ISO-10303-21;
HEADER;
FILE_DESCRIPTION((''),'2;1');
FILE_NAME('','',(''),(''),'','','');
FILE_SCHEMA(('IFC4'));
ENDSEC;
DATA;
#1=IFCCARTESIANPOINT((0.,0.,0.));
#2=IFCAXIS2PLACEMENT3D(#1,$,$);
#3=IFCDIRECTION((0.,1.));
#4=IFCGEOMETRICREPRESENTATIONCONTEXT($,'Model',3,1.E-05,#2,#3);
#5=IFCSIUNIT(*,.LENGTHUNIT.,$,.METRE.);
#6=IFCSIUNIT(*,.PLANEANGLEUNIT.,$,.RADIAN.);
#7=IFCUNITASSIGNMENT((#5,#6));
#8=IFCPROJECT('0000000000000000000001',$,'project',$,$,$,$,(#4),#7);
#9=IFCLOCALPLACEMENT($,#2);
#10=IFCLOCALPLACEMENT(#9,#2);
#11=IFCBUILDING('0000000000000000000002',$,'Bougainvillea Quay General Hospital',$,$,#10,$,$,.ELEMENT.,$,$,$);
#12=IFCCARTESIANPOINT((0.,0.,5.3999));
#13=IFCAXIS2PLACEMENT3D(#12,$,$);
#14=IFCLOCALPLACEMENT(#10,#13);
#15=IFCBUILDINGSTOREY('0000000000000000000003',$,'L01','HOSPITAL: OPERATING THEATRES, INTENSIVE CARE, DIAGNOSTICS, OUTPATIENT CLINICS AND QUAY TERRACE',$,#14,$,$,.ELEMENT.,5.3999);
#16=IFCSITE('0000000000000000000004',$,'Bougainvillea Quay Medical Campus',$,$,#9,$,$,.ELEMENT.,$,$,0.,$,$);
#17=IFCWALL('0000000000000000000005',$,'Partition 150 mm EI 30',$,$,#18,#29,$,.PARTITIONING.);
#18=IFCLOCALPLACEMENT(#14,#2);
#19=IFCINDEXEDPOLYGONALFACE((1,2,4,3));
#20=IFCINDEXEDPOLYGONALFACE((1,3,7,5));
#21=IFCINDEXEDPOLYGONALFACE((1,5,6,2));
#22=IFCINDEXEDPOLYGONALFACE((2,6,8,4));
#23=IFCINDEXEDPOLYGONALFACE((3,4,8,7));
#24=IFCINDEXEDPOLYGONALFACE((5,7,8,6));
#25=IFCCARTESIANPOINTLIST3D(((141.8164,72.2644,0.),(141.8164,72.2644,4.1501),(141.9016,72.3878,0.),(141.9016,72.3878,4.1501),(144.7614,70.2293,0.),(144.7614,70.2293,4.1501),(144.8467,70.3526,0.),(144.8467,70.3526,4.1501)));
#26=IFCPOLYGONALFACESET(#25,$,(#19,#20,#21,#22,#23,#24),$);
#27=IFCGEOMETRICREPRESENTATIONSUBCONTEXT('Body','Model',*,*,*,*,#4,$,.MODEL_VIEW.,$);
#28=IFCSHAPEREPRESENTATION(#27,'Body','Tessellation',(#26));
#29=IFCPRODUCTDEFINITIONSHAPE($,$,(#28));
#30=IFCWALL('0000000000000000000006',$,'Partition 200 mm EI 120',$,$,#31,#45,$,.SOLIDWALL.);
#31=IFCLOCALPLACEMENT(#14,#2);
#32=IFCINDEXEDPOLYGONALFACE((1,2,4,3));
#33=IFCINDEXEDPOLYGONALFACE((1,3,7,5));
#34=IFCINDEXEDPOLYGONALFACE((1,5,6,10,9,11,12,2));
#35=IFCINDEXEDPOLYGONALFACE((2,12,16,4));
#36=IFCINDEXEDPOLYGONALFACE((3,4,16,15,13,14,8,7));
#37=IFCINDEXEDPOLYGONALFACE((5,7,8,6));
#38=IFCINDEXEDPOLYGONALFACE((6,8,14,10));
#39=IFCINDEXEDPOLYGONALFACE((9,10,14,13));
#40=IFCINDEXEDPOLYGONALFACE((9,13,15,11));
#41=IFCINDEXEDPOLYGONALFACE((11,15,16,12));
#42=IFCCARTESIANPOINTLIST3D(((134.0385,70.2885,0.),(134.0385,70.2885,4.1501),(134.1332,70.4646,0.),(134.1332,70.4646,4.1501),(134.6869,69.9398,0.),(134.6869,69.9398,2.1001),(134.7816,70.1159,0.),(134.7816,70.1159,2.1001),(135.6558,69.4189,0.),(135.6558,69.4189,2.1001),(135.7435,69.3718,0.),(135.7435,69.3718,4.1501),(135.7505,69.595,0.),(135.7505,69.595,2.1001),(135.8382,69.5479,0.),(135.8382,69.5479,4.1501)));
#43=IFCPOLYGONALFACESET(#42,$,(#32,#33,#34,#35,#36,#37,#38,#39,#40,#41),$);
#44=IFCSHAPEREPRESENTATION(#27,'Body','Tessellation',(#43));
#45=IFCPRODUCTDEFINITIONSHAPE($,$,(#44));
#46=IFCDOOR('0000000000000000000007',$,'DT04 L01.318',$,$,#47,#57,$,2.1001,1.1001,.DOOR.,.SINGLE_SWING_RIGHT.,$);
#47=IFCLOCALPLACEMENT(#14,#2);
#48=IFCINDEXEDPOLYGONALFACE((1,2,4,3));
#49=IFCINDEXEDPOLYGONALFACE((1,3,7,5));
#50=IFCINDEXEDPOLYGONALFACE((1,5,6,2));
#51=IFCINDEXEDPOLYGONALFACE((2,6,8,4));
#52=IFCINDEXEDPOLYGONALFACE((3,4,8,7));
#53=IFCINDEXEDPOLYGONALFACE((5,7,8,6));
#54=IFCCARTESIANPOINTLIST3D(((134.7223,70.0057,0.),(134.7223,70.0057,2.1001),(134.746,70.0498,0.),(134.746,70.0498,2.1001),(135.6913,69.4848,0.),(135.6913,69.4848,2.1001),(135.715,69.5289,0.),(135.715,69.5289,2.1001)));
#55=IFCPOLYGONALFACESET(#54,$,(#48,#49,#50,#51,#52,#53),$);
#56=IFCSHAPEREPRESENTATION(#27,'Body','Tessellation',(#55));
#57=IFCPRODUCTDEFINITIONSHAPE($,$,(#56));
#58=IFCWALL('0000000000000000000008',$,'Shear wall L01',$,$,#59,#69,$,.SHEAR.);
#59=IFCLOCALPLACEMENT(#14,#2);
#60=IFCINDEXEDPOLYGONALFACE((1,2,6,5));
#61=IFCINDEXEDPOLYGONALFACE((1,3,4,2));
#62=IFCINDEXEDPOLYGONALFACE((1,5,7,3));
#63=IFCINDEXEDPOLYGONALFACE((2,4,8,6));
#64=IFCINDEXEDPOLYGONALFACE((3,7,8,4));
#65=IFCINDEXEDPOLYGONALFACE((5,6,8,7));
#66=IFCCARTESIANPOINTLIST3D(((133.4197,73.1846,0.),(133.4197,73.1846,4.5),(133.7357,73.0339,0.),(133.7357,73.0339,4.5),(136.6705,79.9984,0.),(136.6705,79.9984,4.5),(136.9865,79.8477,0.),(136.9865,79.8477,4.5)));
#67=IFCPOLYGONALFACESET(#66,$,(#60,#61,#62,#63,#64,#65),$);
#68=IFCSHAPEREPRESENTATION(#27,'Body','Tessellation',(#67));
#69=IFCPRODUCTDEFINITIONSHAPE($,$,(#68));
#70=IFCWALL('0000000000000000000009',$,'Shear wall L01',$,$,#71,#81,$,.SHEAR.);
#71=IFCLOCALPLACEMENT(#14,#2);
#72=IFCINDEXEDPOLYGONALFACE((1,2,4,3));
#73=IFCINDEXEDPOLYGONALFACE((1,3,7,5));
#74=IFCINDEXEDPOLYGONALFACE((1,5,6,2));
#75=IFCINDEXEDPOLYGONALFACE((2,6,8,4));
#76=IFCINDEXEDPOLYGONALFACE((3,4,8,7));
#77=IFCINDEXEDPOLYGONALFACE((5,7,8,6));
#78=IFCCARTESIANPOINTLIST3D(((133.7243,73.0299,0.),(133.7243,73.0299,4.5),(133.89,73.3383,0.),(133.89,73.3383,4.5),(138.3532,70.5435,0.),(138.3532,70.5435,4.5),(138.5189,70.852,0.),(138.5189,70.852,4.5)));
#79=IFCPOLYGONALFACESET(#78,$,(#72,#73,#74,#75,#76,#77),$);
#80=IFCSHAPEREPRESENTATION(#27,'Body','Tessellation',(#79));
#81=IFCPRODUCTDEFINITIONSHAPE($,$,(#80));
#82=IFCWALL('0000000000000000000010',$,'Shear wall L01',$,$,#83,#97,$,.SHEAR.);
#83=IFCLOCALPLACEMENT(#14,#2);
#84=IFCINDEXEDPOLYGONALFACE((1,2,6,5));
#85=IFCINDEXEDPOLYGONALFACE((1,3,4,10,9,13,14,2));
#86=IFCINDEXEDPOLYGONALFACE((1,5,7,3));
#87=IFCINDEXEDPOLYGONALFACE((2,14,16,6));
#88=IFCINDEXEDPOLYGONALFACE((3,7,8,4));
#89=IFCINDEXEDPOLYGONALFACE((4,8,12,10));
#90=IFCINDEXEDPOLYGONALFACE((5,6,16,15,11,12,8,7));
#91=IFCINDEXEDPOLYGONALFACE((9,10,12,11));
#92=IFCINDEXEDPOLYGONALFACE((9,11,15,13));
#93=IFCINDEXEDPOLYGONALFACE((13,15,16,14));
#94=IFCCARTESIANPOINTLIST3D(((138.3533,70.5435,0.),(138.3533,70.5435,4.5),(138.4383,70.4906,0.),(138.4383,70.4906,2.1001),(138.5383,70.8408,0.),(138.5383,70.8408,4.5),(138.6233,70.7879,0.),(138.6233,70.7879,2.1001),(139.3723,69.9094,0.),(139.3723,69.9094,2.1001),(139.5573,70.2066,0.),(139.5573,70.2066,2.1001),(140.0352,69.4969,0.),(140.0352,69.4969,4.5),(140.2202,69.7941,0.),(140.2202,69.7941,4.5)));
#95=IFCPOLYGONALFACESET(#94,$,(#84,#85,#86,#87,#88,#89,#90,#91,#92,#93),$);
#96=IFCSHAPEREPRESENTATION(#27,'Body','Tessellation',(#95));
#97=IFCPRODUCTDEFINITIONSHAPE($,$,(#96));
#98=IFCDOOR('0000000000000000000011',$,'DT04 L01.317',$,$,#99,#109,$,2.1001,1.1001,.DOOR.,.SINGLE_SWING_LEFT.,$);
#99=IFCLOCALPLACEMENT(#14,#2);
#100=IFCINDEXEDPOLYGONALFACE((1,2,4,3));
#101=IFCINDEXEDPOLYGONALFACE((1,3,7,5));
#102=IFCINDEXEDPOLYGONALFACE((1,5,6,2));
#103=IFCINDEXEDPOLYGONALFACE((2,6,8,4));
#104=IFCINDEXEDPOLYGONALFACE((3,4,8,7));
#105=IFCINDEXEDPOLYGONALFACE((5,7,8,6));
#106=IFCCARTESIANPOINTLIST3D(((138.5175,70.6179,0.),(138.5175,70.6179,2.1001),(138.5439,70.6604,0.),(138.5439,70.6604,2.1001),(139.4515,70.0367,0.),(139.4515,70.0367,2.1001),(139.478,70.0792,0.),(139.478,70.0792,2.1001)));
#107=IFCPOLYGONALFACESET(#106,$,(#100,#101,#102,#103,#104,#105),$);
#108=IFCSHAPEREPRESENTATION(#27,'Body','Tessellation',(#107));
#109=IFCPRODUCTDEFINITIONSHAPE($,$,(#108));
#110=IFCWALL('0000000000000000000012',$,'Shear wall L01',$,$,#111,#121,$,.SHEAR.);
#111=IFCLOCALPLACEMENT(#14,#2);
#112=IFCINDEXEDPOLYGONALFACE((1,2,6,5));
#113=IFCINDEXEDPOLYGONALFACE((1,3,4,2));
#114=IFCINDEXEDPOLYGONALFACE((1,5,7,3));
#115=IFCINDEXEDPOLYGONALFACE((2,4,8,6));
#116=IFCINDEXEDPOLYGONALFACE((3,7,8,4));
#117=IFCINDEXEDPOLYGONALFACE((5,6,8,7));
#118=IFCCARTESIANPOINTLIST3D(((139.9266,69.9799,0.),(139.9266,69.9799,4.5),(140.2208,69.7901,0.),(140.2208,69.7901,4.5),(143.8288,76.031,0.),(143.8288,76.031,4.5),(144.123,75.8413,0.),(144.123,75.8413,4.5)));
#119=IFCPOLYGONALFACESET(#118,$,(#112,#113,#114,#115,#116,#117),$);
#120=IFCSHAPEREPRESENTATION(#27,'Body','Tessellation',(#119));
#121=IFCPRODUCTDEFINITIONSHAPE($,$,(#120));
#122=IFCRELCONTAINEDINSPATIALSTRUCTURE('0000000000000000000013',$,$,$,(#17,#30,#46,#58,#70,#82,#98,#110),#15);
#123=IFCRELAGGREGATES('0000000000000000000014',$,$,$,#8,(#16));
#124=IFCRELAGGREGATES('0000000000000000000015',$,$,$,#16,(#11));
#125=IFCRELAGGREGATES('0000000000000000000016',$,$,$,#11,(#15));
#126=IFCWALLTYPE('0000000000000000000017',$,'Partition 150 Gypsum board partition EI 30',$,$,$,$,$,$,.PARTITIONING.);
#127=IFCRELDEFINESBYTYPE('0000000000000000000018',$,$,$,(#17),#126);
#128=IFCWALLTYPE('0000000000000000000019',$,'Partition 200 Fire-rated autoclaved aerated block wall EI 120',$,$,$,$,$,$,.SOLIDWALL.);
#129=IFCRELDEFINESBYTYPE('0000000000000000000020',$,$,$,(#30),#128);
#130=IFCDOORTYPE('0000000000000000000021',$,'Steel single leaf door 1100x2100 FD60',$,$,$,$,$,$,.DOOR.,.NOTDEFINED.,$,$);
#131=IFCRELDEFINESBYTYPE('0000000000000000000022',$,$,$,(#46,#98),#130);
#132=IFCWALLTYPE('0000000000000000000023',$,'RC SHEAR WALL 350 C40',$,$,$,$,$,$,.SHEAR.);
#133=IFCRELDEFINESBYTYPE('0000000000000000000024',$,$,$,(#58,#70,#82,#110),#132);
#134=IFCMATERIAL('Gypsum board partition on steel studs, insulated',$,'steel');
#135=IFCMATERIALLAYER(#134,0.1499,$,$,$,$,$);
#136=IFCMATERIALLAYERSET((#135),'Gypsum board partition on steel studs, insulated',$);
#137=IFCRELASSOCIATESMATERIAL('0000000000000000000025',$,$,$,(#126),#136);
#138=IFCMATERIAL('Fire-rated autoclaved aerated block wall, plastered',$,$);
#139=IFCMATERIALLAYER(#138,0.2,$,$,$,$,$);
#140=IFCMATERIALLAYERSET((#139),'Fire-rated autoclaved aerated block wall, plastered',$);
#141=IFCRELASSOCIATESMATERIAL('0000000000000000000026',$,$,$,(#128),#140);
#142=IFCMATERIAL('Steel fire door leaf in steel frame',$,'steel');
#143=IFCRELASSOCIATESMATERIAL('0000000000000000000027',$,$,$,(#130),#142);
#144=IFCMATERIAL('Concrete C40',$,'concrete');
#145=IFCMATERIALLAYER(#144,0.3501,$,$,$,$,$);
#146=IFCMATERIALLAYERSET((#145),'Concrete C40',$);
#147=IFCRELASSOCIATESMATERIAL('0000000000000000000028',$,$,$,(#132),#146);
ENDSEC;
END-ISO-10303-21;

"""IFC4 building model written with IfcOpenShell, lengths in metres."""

from ifc_helpers import new_model, si_unit, direction, frame, frame_2d, origin, place, context, subcontext, project, spatial, rectangle, extrude, material, layer, layer_set, type_object, element, fill, save


model = new_model("IFC4")

# Units and contexts
model_context = context("Model", 3, precision=1e-05, world=origin(), true_north=direction((0.0, 1.0)))
body_context = subcontext(model_context, "Body", "Model", "MODEL_VIEW")
ifc_project = project(units=[si_unit("LENGTHUNIT", "METRE"), si_unit("PLANEANGLEUNIT", "RADIAN")], contexts=[model_context])

# Site, building, storey
site_placement = place(None, origin())
site = spatial("IfcSite", under=ifc_project, at=site_placement, Name="Bougainvillea Quay Medical Campus", CompositionType="ELEMENT", RefElevation=0.0)
building_placement = place(site_placement, origin())
building = spatial("IfcBuilding", under=site, at=building_placement, Name="Bougainvillea Quay General Hospital", CompositionType="ELEMENT")
storey_placement = place(building_placement, frame((0.0, 0.0, 5.3999)))
storey = spatial("IfcBuildingStorey", under=building, at=storey_placement, Name="L01", Description="HOSPITAL: OPERATING THEATRES, INTENSIVE CARE, DIAGNOSTICS, OUTPATIENT CLINICS AND QUAY TERRACE", CompositionType="ELEMENT", Elevation=5.3999)

# Shared definitions
ifc_material_1 = material(Name="Gypsum board partition on steel studs, insulated", Category="steel")
ifc_layer_1 = layer(ifc_material_1, 0.1499)
ifc_layer_set_1 = layer_set([ifc_layer_1], Name="Gypsum board partition on steel studs, insulated")
wall_type_1 = type_object("IfcWallType", Name="Partition 150 Gypsum board partition EI 30", PredefinedType="PARTITIONING", material=ifc_layer_set_1)

# Wall
wall_1_placement = place(storey_placement, frame((141.8589, 72.3262, 0.0), z_axis=(0.0, 0.0, 1.0), x_axis=(0.82268, -0.568504, 0.0)))
element("IfcWall", 1, at=wall_1_placement, inside=storey, type_object=wall_type_1, Name="Partition 150 mm EI 30", PredefinedType="PARTITIONING", context=body_context, shape_type="SweptSolid", body=[
    extrude(rectangle(XDim=3.5798, YDim=0.1499, at=frame_2d((1.79, 0.0))), origin(), (0.0, 0.0, 1.0), 4.1501),
])

# Wall, opening, door
ifc_material_2 = material(Name="Fire-rated autoclaved aerated block wall, plastered")
ifc_layer_2 = layer(ifc_material_2, 0.2)
ifc_layer_set_2 = layer_set([ifc_layer_2], Name="Fire-rated autoclaved aerated block wall, plastered")
wall_type_2 = type_object("IfcWallType", Name="Partition 200 Fire-rated autoclaved aerated block wall EI 120", PredefinedType="SOLIDWALL", material=ifc_layer_set_2)
wall_2_placement = place(storey_placement, frame((134.0859, 70.3765, 0.0), z_axis=(0.0, 0.0, 1.0), x_axis=(0.880767, -0.473551, 0.0)))
wall_2 = element("IfcWall", 2, at=wall_2_placement, inside=storey, type_object=wall_type_2, Name="Partition 200 mm EI 120", PredefinedType="SOLIDWALL", context=body_context, shape_type="SweptSolid", body=[
    extrude(rectangle(XDim=1.9358, YDim=0.2, at=frame_2d((0.9678, 0.0))), origin(), (0.0, 0.0, 1.0), 4.1501),
])
opening_1_placement = place(wall_2_placement, frame((0.7361, 0.0, 0.0)))
opening_1 = element("IfcOpeningElement", 3, at=opening_1_placement, cuts=wall_2, PredefinedType="OPENING", context=body_context, shape_type="SweptSolid", body=[
    extrude(rectangle(XDim=1.1001, YDim=2.1001, at=frame_2d((0.55, 1.05))), frame((0.0, 0.1099, 0.0), z_axis=(0.0, -1.0, 0.0), x_axis=(1.0, 0.0, 0.0)), (0.0, 0.0, 1.0), 0.22),
])
ifc_material_3 = material(Name="Steel fire door leaf in steel frame", Category="steel")
door_type_1 = type_object("IfcDoorType", Name="Steel single leaf door 1100x2100 FD60", OperationType="NOTDEFINED", PredefinedType="DOOR", material=ifc_material_3)
door_1_placement = place(opening_1_placement, origin())
door_1 = element("IfcDoor", 4, at=door_1_placement, inside=storey, type_object=door_type_1, Name="DT04 L01.318", OperationType="SINGLE_SWING_RIGHT", OverallHeight=2.1001, OverallWidth=1.1001, PredefinedType="DOOR", context=body_context, shape_type="SweptSolid", body=[
    extrude(rectangle(XDim=1.1001, YDim=2.1001, at=frame_2d((0.55, 1.05))), frame((0.0, 0.0249, 0.0), z_axis=(0.0, -1.0, 0.0), x_axis=(1.0, 0.0, 0.0)), (0.0, 0.0, 1.0), 0.05),
])
fill(opening_1, door_1)

# Walls
ifc_material_4 = material(Name="Concrete C40", Category="concrete")
ifc_layer_3 = layer(ifc_material_4, 0.3501)
ifc_layer_set_3 = layer_set([ifc_layer_3], Name="Concrete C40")
wall_type_3 = type_object("IfcWallType", Name="RC SHEAR WALL 350 C40", PredefinedType="SHEAR", material=ifc_layer_set_3)
wall_3_placement = place(storey_placement, frame((133.5776, 73.1091, 0.0), z_axis=(0.0, 0.0, 1.0), x_axis=(0.430592, 0.902546, 0.0)))
element("IfcWall", 5, at=wall_3_placement, inside=storey, type_object=wall_type_3, Name="Shear wall L01", PredefinedType="SHEAR", context=body_context, shape_type="SweptSolid", body=[
    extrude(rectangle(XDim=7.5496, YDim=0.3501, at=frame_2d((3.7749, 0.0))), origin(), (0.0, 0.0, 1.0), 4.5),
])
wall_4_placement = place(storey_placement, frame((138.436, 70.6978, 0.0), z_axis=(0.0, 0.0, 1.0), x_axis=(-0.88096, 0.473191, 0.0)))
element("IfcWall", 6, at=wall_4_placement, inside=storey, type_object=wall_type_3, Name="Shear wall L01", PredefinedType="SHEAR", context=body_context, shape_type="SweptSolid", body=[
    extrude(rectangle(XDim=5.2544, YDim=0.3501, at=frame_2d((2.6272, 0.0))), origin(), (0.0, 0.0, 1.0), 4.5),
])

# Wall, opening, door
wall_5_placement = place(storey_placement, frame((138.4458, 70.6921, 0.0), z_axis=(0.0, 0.0, 1.0), x_axis=(0.849028, -0.528347, 0.0)))
wall_5 = element("IfcWall", 7, at=wall_5_placement, inside=storey, type_object=wall_type_3, Name="Shear wall L01", PredefinedType="SHEAR", context=body_context, shape_type="SweptSolid", body=[
    extrude(rectangle(XDim=1.981, YDim=0.3501, at=frame_2d((0.9905, 0.0))), origin(), (0.0, 0.0, 1.0), 4.5),
])
opening_2_placement = place(wall_5_placement, frame((0.1001, 0.0, 0.0)))
opening_2 = element("IfcOpeningElement", 8, at=opening_2_placement, cuts=wall_5, PredefinedType="OPENING", context=body_context, shape_type="SweptSolid", body=[
    extrude(rectangle(XDim=1.1001, YDim=2.1001, at=frame_2d((0.55, 1.05))), frame((0.0, 0.1851, 0.0), z_axis=(0.0, -1.0, 0.0), x_axis=(1.0, 0.0, 0.0)), (0.0, 0.0, 1.0), 0.3701),
])
door_2_placement = place(opening_2_placement, origin())
door_2 = element("IfcDoor", 9, at=door_2_placement, inside=storey, type_object=door_type_1, Name="DT04 L01.317", OperationType="SINGLE_SWING_LEFT", OverallHeight=2.1001, OverallWidth=1.1001, PredefinedType="DOOR", context=body_context, shape_type="SweptSolid", body=[
    extrude(rectangle(XDim=1.1001, YDim=2.1001, at=frame_2d((0.55, 1.05))), frame((0.0, 0.0249, 0.0), z_axis=(0.0, -1.0, 0.0), x_axis=(1.0, 0.0, 0.0)), (0.0, 0.0, 1.0), 0.05),
])
fill(opening_2, door_2)

# Wall
wall_6_placement = place(storey_placement, frame((140.0737, 69.885, 0.0), z_axis=(0.0, 0.0, 1.0), x_axis=(0.541952, 0.84041, 0.0)))
element("IfcWall", 10, at=wall_6_placement, inside=storey, type_object=wall_type_3, Name="Shear wall L01", PredefinedType="SHEAR", context=body_context, shape_type="SweptSolid", body=[
    extrude(rectangle(XDim=7.2002, YDim=0.3501, at=frame_2d((3.6001, 0.0))), origin(), (0.0, 0.0, 1.0), 4.5),
])

save(model, "model.ifc")
